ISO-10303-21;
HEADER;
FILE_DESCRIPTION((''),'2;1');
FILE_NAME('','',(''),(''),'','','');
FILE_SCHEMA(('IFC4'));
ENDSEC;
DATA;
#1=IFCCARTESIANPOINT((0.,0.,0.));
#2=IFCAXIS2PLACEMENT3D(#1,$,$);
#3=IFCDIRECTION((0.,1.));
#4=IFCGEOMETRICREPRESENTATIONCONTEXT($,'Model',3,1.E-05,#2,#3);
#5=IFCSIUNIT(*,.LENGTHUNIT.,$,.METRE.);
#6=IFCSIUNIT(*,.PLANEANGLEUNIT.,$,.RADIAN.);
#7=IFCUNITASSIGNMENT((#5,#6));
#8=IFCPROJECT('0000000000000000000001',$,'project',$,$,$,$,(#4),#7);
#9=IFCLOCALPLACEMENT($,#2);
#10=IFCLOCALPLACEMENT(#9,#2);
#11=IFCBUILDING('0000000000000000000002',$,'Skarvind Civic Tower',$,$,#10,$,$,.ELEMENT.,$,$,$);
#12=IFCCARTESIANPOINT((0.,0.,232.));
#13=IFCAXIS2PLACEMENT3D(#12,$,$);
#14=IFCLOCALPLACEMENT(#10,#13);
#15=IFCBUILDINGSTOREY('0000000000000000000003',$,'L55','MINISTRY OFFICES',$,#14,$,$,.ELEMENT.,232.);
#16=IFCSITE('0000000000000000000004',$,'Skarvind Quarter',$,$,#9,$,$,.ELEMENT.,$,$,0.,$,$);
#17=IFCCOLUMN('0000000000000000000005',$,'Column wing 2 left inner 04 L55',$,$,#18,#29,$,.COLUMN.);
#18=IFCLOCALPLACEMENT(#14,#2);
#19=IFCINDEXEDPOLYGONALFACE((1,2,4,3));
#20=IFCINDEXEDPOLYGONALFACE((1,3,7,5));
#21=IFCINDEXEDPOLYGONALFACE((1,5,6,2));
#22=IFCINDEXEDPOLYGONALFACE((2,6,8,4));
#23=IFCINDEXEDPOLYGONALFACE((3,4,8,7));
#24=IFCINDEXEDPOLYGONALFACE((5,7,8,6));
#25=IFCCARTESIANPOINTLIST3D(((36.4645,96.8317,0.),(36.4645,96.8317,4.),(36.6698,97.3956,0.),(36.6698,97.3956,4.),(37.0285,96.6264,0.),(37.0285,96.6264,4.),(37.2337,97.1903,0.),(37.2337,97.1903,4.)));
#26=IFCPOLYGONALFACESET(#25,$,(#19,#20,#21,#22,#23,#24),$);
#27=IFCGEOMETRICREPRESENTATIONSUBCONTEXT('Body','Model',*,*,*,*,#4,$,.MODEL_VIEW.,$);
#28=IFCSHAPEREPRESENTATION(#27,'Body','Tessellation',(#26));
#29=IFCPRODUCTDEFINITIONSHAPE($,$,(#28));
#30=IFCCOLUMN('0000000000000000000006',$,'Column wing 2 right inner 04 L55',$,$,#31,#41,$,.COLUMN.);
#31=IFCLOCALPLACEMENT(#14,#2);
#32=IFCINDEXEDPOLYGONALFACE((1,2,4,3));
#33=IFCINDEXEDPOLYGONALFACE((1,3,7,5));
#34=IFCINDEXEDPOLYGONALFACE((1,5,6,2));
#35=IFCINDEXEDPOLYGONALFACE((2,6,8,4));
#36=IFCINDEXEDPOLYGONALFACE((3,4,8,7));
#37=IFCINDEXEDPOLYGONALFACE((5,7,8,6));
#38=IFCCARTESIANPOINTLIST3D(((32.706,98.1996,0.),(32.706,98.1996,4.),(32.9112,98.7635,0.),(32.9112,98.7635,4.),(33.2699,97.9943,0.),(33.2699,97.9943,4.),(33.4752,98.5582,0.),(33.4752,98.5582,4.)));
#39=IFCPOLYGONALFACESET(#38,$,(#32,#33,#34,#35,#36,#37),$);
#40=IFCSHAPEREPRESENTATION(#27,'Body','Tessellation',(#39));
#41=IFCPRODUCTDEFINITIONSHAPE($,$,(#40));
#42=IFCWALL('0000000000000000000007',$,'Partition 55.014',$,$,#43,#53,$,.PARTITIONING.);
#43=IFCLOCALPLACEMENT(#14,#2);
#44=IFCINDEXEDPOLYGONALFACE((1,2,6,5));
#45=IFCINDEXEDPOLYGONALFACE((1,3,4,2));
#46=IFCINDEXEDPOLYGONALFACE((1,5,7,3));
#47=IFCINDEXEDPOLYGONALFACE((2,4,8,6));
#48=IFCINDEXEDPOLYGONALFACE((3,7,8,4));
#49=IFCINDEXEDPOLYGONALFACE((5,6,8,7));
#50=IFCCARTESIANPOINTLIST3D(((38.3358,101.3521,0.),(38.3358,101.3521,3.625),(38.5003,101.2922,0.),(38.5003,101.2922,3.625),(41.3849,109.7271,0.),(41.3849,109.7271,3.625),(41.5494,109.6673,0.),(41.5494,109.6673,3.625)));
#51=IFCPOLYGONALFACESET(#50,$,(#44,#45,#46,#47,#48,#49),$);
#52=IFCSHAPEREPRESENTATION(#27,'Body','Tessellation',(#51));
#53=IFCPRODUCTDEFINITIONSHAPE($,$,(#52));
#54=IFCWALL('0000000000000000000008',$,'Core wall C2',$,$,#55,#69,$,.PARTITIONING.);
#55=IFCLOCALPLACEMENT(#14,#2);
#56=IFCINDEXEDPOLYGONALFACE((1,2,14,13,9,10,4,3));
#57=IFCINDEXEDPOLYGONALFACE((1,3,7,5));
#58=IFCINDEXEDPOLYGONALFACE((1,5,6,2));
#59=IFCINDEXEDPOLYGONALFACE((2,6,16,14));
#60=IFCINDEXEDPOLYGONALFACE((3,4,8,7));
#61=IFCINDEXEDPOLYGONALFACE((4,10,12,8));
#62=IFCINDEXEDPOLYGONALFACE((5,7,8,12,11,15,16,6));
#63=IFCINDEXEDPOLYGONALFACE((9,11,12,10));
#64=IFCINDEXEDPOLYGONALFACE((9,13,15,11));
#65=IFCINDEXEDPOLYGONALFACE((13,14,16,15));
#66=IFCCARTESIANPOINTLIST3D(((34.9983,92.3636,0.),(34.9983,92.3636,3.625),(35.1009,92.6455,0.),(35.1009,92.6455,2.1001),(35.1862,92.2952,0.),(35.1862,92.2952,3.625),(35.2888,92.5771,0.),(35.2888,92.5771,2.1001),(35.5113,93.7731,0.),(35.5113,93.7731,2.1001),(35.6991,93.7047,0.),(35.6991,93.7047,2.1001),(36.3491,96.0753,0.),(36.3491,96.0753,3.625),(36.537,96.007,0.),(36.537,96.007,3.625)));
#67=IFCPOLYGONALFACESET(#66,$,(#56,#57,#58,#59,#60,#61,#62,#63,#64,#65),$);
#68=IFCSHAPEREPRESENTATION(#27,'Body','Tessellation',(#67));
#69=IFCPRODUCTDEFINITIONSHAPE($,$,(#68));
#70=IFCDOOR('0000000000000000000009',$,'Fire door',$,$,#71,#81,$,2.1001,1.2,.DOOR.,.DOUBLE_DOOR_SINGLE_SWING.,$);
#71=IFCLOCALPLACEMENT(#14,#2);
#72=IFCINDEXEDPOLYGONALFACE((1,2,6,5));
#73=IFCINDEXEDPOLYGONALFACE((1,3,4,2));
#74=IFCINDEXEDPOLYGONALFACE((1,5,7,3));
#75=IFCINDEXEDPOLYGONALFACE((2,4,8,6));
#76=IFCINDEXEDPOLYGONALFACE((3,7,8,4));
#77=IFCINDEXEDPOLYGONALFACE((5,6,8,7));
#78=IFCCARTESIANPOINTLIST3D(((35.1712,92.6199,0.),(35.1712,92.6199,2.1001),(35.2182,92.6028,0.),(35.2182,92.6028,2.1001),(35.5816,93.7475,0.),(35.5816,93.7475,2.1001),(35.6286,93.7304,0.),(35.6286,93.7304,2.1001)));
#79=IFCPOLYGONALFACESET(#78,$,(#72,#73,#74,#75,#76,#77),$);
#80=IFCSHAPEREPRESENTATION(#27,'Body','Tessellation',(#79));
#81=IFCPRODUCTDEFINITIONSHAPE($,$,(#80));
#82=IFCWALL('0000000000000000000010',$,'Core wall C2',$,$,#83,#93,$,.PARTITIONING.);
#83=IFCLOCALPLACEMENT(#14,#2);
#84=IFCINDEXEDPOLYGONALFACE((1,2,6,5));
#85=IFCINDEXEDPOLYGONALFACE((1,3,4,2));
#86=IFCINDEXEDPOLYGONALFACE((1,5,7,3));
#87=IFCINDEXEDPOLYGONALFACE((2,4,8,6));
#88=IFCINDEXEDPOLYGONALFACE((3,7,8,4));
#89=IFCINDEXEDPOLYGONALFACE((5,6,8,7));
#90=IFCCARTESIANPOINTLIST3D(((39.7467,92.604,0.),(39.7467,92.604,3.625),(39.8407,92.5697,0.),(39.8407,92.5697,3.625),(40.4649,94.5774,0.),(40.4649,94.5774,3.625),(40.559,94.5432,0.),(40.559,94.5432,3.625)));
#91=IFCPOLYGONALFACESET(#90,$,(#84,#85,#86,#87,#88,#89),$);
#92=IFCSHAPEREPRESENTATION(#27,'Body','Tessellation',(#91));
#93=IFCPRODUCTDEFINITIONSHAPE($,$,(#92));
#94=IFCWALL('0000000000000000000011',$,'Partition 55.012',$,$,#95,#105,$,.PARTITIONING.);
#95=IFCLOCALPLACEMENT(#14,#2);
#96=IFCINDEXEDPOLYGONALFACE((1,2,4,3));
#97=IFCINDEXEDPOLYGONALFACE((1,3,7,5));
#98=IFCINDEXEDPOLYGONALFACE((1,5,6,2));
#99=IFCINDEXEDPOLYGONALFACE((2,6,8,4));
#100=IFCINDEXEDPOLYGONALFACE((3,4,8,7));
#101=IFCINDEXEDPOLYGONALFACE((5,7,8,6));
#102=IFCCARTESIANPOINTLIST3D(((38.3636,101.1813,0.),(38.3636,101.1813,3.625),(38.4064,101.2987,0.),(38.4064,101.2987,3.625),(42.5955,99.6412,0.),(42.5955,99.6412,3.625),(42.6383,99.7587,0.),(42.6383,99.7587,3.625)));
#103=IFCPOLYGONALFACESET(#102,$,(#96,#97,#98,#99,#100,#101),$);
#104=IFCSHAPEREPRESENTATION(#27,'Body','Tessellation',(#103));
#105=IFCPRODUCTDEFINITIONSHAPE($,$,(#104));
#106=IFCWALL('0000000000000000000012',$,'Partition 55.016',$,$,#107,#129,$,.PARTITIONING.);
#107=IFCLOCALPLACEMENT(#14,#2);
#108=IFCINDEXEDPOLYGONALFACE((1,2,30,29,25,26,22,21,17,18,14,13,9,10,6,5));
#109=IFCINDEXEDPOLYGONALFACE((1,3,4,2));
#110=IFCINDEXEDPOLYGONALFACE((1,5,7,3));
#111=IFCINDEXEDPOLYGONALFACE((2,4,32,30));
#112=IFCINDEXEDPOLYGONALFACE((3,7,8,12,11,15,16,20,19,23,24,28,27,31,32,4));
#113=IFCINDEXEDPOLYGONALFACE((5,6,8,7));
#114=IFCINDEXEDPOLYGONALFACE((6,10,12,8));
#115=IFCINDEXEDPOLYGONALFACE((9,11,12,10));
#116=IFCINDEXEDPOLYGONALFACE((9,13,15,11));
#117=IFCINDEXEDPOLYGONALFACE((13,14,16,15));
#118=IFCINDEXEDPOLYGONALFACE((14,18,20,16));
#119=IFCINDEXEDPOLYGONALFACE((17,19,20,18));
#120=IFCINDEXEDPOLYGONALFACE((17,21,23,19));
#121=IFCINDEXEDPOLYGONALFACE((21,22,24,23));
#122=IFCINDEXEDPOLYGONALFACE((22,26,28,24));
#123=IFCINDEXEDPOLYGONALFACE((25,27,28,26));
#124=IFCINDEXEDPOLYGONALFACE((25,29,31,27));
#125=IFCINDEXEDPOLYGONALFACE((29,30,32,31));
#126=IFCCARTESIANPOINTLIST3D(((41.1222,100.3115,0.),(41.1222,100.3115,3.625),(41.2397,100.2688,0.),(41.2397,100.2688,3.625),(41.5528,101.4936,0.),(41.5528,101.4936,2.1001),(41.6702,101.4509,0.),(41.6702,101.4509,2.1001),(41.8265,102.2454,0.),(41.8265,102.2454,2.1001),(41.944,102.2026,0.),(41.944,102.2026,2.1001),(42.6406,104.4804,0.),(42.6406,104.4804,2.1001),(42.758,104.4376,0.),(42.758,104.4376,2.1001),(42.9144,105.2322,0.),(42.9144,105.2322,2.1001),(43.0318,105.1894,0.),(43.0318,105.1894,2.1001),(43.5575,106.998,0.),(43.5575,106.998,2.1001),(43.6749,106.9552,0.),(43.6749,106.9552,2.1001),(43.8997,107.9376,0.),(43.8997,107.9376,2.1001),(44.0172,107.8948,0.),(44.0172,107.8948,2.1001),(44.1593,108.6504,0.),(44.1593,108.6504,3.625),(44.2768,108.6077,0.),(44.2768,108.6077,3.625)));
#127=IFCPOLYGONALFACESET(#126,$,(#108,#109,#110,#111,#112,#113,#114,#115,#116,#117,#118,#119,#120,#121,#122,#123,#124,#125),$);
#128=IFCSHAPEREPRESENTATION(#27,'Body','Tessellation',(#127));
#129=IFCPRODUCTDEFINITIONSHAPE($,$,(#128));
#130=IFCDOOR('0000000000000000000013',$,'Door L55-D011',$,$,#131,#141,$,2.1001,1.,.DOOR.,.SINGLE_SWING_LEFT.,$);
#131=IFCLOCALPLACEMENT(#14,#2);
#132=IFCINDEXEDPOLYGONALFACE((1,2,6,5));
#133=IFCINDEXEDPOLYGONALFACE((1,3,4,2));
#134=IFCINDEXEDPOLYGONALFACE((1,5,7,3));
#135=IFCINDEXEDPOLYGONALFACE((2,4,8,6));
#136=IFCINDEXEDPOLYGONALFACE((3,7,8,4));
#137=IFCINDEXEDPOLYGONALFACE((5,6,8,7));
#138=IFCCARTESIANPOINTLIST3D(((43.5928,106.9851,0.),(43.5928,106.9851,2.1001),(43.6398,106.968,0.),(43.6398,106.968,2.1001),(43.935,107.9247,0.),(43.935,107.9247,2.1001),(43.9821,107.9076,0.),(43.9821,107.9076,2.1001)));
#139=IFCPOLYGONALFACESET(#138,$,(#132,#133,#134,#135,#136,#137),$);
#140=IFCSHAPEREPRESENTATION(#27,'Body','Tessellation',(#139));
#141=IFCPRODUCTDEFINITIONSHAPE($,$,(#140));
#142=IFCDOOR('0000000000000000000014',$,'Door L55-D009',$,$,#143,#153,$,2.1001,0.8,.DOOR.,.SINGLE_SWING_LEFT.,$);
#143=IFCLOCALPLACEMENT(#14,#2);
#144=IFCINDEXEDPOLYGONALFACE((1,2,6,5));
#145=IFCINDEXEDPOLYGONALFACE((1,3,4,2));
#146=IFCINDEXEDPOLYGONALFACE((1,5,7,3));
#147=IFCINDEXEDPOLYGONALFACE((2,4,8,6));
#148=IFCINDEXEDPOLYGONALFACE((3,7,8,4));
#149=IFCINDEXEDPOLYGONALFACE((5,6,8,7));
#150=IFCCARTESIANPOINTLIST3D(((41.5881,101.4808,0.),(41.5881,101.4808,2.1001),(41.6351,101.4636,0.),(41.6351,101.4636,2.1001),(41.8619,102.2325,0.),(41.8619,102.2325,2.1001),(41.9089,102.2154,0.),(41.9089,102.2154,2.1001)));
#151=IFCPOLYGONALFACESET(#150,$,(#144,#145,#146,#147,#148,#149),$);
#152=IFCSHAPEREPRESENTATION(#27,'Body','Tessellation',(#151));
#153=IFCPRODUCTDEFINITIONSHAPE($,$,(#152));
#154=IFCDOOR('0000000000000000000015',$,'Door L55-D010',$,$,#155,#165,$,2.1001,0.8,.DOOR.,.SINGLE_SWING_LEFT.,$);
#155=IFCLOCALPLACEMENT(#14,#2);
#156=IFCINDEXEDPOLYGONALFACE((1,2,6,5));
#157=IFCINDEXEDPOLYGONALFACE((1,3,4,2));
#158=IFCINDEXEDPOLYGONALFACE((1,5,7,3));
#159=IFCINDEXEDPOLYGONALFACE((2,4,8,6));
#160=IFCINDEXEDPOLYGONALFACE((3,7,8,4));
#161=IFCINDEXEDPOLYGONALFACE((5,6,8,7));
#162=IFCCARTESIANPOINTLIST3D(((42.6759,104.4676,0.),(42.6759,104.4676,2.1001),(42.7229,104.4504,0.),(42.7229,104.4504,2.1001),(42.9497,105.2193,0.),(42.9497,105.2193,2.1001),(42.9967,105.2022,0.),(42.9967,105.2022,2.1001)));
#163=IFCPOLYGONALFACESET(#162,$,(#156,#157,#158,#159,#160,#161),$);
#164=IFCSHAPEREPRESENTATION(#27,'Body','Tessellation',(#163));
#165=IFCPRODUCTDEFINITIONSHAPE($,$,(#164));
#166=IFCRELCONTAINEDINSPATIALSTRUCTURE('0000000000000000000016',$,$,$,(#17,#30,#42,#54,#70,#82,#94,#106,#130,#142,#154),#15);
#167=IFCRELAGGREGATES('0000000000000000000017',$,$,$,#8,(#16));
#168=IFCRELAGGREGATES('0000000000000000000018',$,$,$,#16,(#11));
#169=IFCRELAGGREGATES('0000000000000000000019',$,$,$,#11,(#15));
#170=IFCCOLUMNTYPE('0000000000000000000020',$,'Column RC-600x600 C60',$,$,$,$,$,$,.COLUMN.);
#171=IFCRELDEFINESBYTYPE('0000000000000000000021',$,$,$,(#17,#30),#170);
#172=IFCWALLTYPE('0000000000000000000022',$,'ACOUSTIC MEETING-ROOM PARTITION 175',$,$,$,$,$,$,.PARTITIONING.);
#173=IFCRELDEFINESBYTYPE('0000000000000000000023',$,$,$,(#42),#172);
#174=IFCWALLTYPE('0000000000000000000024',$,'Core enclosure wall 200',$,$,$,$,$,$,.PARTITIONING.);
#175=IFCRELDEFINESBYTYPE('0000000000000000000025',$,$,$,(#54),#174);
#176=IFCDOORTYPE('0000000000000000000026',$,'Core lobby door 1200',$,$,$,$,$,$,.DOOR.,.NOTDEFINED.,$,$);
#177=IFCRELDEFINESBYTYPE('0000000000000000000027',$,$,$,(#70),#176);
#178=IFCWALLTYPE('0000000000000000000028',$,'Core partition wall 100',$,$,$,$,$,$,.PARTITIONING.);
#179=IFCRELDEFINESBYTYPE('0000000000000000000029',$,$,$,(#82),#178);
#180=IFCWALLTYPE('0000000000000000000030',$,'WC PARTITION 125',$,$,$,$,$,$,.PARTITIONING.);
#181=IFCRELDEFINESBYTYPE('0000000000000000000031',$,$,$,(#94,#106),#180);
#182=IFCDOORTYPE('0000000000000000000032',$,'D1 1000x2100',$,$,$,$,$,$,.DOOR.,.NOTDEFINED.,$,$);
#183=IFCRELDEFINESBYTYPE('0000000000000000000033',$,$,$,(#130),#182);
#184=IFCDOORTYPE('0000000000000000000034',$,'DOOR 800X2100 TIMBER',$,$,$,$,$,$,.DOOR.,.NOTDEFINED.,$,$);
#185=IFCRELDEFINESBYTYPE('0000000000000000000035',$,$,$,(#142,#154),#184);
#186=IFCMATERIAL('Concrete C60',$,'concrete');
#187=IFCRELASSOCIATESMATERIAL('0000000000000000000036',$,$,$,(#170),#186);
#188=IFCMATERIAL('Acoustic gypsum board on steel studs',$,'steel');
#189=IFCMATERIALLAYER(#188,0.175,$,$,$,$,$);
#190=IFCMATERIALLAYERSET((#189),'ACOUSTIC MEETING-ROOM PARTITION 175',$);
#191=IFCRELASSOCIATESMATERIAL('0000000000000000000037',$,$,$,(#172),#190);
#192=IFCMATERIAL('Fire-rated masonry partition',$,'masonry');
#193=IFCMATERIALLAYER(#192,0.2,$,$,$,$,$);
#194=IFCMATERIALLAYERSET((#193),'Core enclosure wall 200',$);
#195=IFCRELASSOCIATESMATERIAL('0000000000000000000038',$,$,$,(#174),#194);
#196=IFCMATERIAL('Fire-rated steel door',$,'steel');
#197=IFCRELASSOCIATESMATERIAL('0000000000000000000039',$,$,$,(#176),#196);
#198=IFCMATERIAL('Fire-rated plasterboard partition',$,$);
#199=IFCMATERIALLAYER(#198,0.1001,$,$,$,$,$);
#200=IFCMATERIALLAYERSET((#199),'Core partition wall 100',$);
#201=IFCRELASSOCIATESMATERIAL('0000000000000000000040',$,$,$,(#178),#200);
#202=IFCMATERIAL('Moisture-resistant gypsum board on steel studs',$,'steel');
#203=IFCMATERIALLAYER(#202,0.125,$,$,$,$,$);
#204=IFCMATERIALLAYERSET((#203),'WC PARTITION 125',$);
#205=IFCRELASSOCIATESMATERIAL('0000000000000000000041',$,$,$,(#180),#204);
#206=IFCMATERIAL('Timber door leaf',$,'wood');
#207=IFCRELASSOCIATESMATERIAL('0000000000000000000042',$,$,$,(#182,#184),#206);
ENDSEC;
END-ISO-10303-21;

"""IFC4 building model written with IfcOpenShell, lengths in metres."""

from ifc_helpers import new_model, si_unit, direction, frame, frame_2d, origin, origin_2d, place, context, subcontext, project, spatial, rectangle, extrude, material, layer, layer_set, material_profile, profile_set, type_object, element, fill, save


model = new_model("IFC4")

# Units and contexts
model_context = context("Model", 3, precision=1e-05, world=origin(), true_north=direction((0.0, 1.0)))
body_context = subcontext(model_context, "Body", "Model", "MODEL_VIEW")
ifc_project = project(units=[si_unit("LENGTHUNIT", "METRE"), si_unit("PLANEANGLEUNIT", "RADIAN")], contexts=[model_context])

# Site, building, storey
site_placement = place(None, origin())
site = spatial("IfcSite", under=ifc_project, at=site_placement, Name="Skarvind Quarter", CompositionType="ELEMENT", RefElevation=0.0)
building_placement = place(site_placement, origin())
building = spatial("IfcBuilding", under=site, at=building_placement, Name="Skarvind Civic Tower", CompositionType="ELEMENT")
storey_placement = place(building_placement, frame((0.0, 0.0, 232.0)))
storey = spatial("IfcBuildingStorey", under=building, at=storey_placement, Name="L55", Description="MINISTRY OFFICES", CompositionType="ELEMENT", Elevation=232.0)

# Columns
ifc_material_1 = material(Name="Concrete C60", Category="concrete")
ifc_material_profile = material_profile(ifc_material_1, rectangle(XDim=0.6001, YDim=0.6001, at=origin_2d()), Name="RC-600x600")
ifc_profile_set = profile_set([ifc_material_profile], Name="Concrete C60")
column_type = type_object("IfcColumnType", Name="Column RC-600x600 C60", PredefinedType="COLUMN", material=ifc_profile_set)
for number, where, z_axis, x_axis, name in (
    (1, (36.8491, 97.011, 0.0), (0.0, 0.0, 1.0), (-0.34202, -0.939693, 0.0), "Column wing 2 left inner 04 L55"),
    (2, (33.0906, 98.3789, 0.0), (0.0, 0.0, 1.0), (-0.34202, -0.939693, 0.0), "Column wing 2 right inner 04 L55"),
):
    element("IfcColumn", number, at=place(storey_placement, frame(where, z_axis=z_axis, x_axis=x_axis)), inside=storey, type_object=column_type, Name=name, PredefinedType="COLUMN", context=body_context, shape_type="SweptSolid", body=[
        extrude(rectangle(XDim=0.6001, YDim=0.6001, at=origin_2d()), origin(), (0.0, 0.0, 1.0), 4.0),
    ])

# Wall
ifc_material_2 = material(Name="Acoustic gypsum board on steel studs", Category="steel")
ifc_layer_1 = layer(ifc_material_2, 0.175)
ifc_layer_set_1 = layer_set([ifc_layer_1], Name="ACOUSTIC MEETING-ROOM PARTITION 175")
wall_type_1 = type_object("IfcWallType", Name="ACOUSTIC MEETING-ROOM PARTITION 175", PredefinedType="PARTITIONING", material=ifc_layer_set_1)
wall_1_placement = place(storey_placement, frame((38.418, 101.322, 0.0), z_axis=(0.0, 0.0, 1.0), x_axis=(0.342102, 0.939663, 0.0)))
element("IfcWall", 3, at=wall_1_placement, inside=storey, type_object=wall_type_1, Name="Partition 55.014", PredefinedType="PARTITIONING", context=body_context, shape_type="SweptSolid", body=[
    extrude(rectangle(XDim=8.9128, YDim=0.175, at=frame_2d((4.4565, 0.0))), origin(), (0.0, 0.0, 1.0), 3.625),
])

# Wall, opening, door
ifc_material_3 = material(Name="Fire-rated masonry partition", Category="masonry")
ifc_layer_2 = layer(ifc_material_3, 0.2)
ifc_layer_set_2 = layer_set([ifc_layer_2], Name="Core enclosure wall 200")
wall_type_2 = type_object("IfcWallType", Name="Core enclosure wall 200", PredefinedType="PARTITIONING", material=ifc_layer_set_2)
wall_2_placement = place(storey_placement, frame((36.4431, 96.0413, 0.0), z_axis=(0.0, 0.0, 1.0), x_axis=(-0.341996, -0.939701, 0.0)))
wall_2 = element("IfcWall", 4, at=wall_2_placement, inside=storey, type_object=wall_type_2, Name="Core wall C2", PredefinedType="PARTITIONING", context=body_context, shape_type="SweptSolid", body=[
    extrude(rectangle(XDim=3.95, YDim=0.2, at=frame_2d((1.9751, 0.0))), origin(), (0.0, 0.0, 1.0), 3.625),
])
opening_1_placement = place(wall_2_placement, frame((2.45, 0.0, 0.0)))
opening_1 = element("IfcOpeningElement", 5, at=opening_1_placement, cuts=wall_2, PredefinedType="OPENING", context=body_context, shape_type="SweptSolid", body=[
    extrude(rectangle(XDim=1.2, YDim=2.1001, at=frame_2d((0.6001, 1.05))), frame((0.0, 0.1099, 0.0), z_axis=(0.0, -1.0, 0.0), x_axis=(1.0, 0.0, 0.0)), (0.0, 0.0, 1.0), 0.22),
])
ifc_material_4 = material(Name="Fire-rated steel door", Category="steel")
door_type_1 = type_object("IfcDoorType", Name="Core lobby door 1200", OperationType="NOTDEFINED", PredefinedType="DOOR", material=ifc_material_4)
door_1_placement = place(opening_1_placement, origin())
door_1 = element("IfcDoor", 6, at=door_1_placement, inside=storey, type_object=door_type_1, Name="Fire door", OperationType="DOUBLE_DOOR_SINGLE_SWING", OverallHeight=2.1001, OverallWidth=1.2, PredefinedType="DOOR", context=body_context, shape_type="SweptSolid", body=[
    extrude(rectangle(XDim=1.2, YDim=2.1001, at=frame_2d((0.6001, 1.05))), frame((0.0, 0.0249, 0.0), z_axis=(0.0, -1.0, 0.0), x_axis=(1.0, 0.0, 0.0)), (0.0, 0.0, 1.0), 0.05),
])
fill(opening_1, door_1)

# Walls
ifc_material_5 = material(Name="Fire-rated plasterboard partition")
ifc_layer_3 = layer(ifc_material_5, 0.1001)
ifc_layer_set_3 = layer_set([ifc_layer_3], Name="Core partition wall 100")
wall_type_3 = type_object("IfcWallType", Name="Core partition wall 100", PredefinedType="PARTITIONING", material=ifc_layer_set_3)
wall_3_placement = place(storey_placement, frame((40.512, 94.5603, 0.0), z_axis=(0.0, 0.0, 1.0), x_axis=(-0.342023, -0.939692, 0.0)))
element("IfcWall", 7, at=wall_3_placement, inside=storey, type_object=wall_type_3, Name="Core wall C2", PredefinedType="PARTITIONING", context=body_context, shape_type="SweptSolid", body=[
    extrude(rectangle(XDim=2.1001, YDim=0.1001, at=frame_2d((1.05, 0.0))), origin(), (0.0, 0.0, 1.0), 3.625),
])
ifc_material_6 = material(Name="Moisture-resistant gypsum board on steel studs", Category="steel")
ifc_layer_4 = layer(ifc_material_6, 0.125)
ifc_layer_set_4 = layer_set([ifc_layer_4], Name="WC PARTITION 125")
wall_type_4 = type_object("IfcWallType", Name="WC PARTITION 125", PredefinedType="PARTITIONING", material=ifc_layer_set_4)
wall_4_placement = place(storey_placement, frame((38.385, 101.24, 0.0), z_axis=(0.0, 0.0, 1.0), x_axis=(0.939711, -0.341969, 0.0)))
element("IfcWall", 8, at=wall_4_placement, inside=storey, type_object=wall_type_4, Name="Partition 55.012", PredefinedType="PARTITIONING", context=body_context, shape_type="SweptSolid", body=[
    extrude(rectangle(XDim=4.5034, YDim=0.125, at=frame_2d((2.2517, 0.0))), origin(), (0.0, 0.0, 1.0), 3.625),
])

# Wall, openings, doors
wall_5_placement = place(storey_placement, frame((41.1809, 100.29, 0.0), z_axis=(0.0, 0.0, 1.0), x_axis=(0.34222, 0.93962, 0.0)))
wall_5 = element("IfcWall", 9, at=wall_5_placement, inside=storey, type_object=wall_type_4, Name="Partition 55.016", PredefinedType="PARTITIONING", context=body_context, shape_type="SweptSolid", body=[
    extrude(rectangle(XDim=8.8748, YDim=0.125, at=frame_2d((4.4375, 0.0))), origin(), (0.0, 0.0, 1.0), 3.625),
])
opening_2_placement = place(wall_5_placement, frame((1.2583, 0.0, 0.0)))
opening_2 = element("IfcOpeningElement", 10, at=opening_2_placement, cuts=wall_5, PredefinedType="OPENING", context=body_context, shape_type="SweptSolid", body=[
    extrude(rectangle(XDim=0.8, YDim=2.1001, at=frame_2d((0.3999, 1.05))), frame((0.0, 0.0725, 0.0), z_axis=(0.0, -1.0, 0.0), x_axis=(1.0, 0.0, 0.0)), (0.0, 0.0, 1.0), 0.145),
])
opening_3_placement = place(wall_5_placement, frame((4.437, 0.0, 0.0)))
opening_3 = element("IfcOpeningElement", 11, at=opening_3_placement, cuts=wall_5, PredefinedType="OPENING", context=body_context, shape_type="SweptSolid", body=[
    extrude(rectangle(XDim=0.8, YDim=2.1001, at=frame_2d((0.3999, 1.05))), frame((0.0, 0.0725, 0.0), z_axis=(0.0, -1.0, 0.0), x_axis=(1.0, 0.0, 0.0)), (0.0, 0.0, 1.0), 0.145),
])
opening_4_placement = place(wall_5_placement, frame((7.1162, 0.0, 0.0)))
opening_4 = element("IfcOpeningElement", 12, at=opening_4_placement, cuts=wall_5, PredefinedType="OPENING", context=body_context, shape_type="SweptSolid", body=[
    extrude(rectangle(XDim=1.0, YDim=2.1001, at=frame_2d((0.5, 1.05))), frame((0.0, 0.0725, 0.0), z_axis=(0.0, -1.0, 0.0), x_axis=(1.0, 0.0, 0.0)), (0.0, 0.0, 1.0), 0.145),
])
ifc_material_7 = material(Name="Timber door leaf", Category="wood")
door_type_2 = type_object("IfcDoorType", Name="D1 1000x2100", OperationType="NOTDEFINED", PredefinedType="DOOR", material=ifc_material_7)
door_2_placement = place(opening_4_placement, origin())
door_2 = element("IfcDoor", 13, at=door_2_placement, inside=storey, type_object=door_type_2, Name="Door L55-D011", OperationType="SINGLE_SWING_LEFT", OverallHeight=2.1001, OverallWidth=1.0, PredefinedType="DOOR", context=body_context, shape_type="SweptSolid", body=[
    extrude(rectangle(XDim=1.0, YDim=2.1001, at=frame_2d((0.5, 1.05))), frame((0.0, 0.0249, 0.0), z_axis=(0.0, -1.0, 0.0), x_axis=(1.0, 0.0, 0.0)), (0.0, 0.0, 1.0), 0.05),
])
fill(opening_4, door_2)
door_type_3 = type_object("IfcDoorType", Name="DOOR 800X2100 TIMBER", OperationType="NOTDEFINED", PredefinedType="DOOR", material=ifc_material_7)
door_3_placement = place(opening_2_placement, origin())
door_3 = element("IfcDoor", 14, at=door_3_placement, inside=storey, type_object=door_type_3, Name="Door L55-D009", OperationType="SINGLE_SWING_LEFT", OverallHeight=2.1001, OverallWidth=0.8, PredefinedType="DOOR", context=body_context, shape_type="SweptSolid", body=[
    extrude(rectangle(XDim=0.8, YDim=2.1001, at=frame_2d((0.3999, 1.05))), frame((0.0, 0.0249, 0.0), z_axis=(0.0, -1.0, 0.0), x_axis=(1.0, 0.0, 0.0)), (0.0, 0.0, 1.0), 0.05),
])
fill(opening_2, door_3)
door_4_placement = place(opening_3_placement, origin())
door_4 = element("IfcDoor", 15, at=door_4_placement, inside=storey, type_object=door_type_3, Name="Door L55-D010", OperationType="SINGLE_SWING_LEFT", OverallHeight=2.1001, OverallWidth=0.8, PredefinedType="DOOR", context=body_context, shape_type="SweptSolid", body=[
    extrude(rectangle(XDim=0.8, YDim=2.1001, at=frame_2d((0.3999, 1.05))), frame((0.0, 0.0249, 0.0), z_axis=(0.0, -1.0, 0.0), x_axis=(1.0, 0.0, 0.0)), (0.0, 0.0, 1.0), 0.05),
])
fill(opening_3, door_4)

save(model, "model.ifc")
